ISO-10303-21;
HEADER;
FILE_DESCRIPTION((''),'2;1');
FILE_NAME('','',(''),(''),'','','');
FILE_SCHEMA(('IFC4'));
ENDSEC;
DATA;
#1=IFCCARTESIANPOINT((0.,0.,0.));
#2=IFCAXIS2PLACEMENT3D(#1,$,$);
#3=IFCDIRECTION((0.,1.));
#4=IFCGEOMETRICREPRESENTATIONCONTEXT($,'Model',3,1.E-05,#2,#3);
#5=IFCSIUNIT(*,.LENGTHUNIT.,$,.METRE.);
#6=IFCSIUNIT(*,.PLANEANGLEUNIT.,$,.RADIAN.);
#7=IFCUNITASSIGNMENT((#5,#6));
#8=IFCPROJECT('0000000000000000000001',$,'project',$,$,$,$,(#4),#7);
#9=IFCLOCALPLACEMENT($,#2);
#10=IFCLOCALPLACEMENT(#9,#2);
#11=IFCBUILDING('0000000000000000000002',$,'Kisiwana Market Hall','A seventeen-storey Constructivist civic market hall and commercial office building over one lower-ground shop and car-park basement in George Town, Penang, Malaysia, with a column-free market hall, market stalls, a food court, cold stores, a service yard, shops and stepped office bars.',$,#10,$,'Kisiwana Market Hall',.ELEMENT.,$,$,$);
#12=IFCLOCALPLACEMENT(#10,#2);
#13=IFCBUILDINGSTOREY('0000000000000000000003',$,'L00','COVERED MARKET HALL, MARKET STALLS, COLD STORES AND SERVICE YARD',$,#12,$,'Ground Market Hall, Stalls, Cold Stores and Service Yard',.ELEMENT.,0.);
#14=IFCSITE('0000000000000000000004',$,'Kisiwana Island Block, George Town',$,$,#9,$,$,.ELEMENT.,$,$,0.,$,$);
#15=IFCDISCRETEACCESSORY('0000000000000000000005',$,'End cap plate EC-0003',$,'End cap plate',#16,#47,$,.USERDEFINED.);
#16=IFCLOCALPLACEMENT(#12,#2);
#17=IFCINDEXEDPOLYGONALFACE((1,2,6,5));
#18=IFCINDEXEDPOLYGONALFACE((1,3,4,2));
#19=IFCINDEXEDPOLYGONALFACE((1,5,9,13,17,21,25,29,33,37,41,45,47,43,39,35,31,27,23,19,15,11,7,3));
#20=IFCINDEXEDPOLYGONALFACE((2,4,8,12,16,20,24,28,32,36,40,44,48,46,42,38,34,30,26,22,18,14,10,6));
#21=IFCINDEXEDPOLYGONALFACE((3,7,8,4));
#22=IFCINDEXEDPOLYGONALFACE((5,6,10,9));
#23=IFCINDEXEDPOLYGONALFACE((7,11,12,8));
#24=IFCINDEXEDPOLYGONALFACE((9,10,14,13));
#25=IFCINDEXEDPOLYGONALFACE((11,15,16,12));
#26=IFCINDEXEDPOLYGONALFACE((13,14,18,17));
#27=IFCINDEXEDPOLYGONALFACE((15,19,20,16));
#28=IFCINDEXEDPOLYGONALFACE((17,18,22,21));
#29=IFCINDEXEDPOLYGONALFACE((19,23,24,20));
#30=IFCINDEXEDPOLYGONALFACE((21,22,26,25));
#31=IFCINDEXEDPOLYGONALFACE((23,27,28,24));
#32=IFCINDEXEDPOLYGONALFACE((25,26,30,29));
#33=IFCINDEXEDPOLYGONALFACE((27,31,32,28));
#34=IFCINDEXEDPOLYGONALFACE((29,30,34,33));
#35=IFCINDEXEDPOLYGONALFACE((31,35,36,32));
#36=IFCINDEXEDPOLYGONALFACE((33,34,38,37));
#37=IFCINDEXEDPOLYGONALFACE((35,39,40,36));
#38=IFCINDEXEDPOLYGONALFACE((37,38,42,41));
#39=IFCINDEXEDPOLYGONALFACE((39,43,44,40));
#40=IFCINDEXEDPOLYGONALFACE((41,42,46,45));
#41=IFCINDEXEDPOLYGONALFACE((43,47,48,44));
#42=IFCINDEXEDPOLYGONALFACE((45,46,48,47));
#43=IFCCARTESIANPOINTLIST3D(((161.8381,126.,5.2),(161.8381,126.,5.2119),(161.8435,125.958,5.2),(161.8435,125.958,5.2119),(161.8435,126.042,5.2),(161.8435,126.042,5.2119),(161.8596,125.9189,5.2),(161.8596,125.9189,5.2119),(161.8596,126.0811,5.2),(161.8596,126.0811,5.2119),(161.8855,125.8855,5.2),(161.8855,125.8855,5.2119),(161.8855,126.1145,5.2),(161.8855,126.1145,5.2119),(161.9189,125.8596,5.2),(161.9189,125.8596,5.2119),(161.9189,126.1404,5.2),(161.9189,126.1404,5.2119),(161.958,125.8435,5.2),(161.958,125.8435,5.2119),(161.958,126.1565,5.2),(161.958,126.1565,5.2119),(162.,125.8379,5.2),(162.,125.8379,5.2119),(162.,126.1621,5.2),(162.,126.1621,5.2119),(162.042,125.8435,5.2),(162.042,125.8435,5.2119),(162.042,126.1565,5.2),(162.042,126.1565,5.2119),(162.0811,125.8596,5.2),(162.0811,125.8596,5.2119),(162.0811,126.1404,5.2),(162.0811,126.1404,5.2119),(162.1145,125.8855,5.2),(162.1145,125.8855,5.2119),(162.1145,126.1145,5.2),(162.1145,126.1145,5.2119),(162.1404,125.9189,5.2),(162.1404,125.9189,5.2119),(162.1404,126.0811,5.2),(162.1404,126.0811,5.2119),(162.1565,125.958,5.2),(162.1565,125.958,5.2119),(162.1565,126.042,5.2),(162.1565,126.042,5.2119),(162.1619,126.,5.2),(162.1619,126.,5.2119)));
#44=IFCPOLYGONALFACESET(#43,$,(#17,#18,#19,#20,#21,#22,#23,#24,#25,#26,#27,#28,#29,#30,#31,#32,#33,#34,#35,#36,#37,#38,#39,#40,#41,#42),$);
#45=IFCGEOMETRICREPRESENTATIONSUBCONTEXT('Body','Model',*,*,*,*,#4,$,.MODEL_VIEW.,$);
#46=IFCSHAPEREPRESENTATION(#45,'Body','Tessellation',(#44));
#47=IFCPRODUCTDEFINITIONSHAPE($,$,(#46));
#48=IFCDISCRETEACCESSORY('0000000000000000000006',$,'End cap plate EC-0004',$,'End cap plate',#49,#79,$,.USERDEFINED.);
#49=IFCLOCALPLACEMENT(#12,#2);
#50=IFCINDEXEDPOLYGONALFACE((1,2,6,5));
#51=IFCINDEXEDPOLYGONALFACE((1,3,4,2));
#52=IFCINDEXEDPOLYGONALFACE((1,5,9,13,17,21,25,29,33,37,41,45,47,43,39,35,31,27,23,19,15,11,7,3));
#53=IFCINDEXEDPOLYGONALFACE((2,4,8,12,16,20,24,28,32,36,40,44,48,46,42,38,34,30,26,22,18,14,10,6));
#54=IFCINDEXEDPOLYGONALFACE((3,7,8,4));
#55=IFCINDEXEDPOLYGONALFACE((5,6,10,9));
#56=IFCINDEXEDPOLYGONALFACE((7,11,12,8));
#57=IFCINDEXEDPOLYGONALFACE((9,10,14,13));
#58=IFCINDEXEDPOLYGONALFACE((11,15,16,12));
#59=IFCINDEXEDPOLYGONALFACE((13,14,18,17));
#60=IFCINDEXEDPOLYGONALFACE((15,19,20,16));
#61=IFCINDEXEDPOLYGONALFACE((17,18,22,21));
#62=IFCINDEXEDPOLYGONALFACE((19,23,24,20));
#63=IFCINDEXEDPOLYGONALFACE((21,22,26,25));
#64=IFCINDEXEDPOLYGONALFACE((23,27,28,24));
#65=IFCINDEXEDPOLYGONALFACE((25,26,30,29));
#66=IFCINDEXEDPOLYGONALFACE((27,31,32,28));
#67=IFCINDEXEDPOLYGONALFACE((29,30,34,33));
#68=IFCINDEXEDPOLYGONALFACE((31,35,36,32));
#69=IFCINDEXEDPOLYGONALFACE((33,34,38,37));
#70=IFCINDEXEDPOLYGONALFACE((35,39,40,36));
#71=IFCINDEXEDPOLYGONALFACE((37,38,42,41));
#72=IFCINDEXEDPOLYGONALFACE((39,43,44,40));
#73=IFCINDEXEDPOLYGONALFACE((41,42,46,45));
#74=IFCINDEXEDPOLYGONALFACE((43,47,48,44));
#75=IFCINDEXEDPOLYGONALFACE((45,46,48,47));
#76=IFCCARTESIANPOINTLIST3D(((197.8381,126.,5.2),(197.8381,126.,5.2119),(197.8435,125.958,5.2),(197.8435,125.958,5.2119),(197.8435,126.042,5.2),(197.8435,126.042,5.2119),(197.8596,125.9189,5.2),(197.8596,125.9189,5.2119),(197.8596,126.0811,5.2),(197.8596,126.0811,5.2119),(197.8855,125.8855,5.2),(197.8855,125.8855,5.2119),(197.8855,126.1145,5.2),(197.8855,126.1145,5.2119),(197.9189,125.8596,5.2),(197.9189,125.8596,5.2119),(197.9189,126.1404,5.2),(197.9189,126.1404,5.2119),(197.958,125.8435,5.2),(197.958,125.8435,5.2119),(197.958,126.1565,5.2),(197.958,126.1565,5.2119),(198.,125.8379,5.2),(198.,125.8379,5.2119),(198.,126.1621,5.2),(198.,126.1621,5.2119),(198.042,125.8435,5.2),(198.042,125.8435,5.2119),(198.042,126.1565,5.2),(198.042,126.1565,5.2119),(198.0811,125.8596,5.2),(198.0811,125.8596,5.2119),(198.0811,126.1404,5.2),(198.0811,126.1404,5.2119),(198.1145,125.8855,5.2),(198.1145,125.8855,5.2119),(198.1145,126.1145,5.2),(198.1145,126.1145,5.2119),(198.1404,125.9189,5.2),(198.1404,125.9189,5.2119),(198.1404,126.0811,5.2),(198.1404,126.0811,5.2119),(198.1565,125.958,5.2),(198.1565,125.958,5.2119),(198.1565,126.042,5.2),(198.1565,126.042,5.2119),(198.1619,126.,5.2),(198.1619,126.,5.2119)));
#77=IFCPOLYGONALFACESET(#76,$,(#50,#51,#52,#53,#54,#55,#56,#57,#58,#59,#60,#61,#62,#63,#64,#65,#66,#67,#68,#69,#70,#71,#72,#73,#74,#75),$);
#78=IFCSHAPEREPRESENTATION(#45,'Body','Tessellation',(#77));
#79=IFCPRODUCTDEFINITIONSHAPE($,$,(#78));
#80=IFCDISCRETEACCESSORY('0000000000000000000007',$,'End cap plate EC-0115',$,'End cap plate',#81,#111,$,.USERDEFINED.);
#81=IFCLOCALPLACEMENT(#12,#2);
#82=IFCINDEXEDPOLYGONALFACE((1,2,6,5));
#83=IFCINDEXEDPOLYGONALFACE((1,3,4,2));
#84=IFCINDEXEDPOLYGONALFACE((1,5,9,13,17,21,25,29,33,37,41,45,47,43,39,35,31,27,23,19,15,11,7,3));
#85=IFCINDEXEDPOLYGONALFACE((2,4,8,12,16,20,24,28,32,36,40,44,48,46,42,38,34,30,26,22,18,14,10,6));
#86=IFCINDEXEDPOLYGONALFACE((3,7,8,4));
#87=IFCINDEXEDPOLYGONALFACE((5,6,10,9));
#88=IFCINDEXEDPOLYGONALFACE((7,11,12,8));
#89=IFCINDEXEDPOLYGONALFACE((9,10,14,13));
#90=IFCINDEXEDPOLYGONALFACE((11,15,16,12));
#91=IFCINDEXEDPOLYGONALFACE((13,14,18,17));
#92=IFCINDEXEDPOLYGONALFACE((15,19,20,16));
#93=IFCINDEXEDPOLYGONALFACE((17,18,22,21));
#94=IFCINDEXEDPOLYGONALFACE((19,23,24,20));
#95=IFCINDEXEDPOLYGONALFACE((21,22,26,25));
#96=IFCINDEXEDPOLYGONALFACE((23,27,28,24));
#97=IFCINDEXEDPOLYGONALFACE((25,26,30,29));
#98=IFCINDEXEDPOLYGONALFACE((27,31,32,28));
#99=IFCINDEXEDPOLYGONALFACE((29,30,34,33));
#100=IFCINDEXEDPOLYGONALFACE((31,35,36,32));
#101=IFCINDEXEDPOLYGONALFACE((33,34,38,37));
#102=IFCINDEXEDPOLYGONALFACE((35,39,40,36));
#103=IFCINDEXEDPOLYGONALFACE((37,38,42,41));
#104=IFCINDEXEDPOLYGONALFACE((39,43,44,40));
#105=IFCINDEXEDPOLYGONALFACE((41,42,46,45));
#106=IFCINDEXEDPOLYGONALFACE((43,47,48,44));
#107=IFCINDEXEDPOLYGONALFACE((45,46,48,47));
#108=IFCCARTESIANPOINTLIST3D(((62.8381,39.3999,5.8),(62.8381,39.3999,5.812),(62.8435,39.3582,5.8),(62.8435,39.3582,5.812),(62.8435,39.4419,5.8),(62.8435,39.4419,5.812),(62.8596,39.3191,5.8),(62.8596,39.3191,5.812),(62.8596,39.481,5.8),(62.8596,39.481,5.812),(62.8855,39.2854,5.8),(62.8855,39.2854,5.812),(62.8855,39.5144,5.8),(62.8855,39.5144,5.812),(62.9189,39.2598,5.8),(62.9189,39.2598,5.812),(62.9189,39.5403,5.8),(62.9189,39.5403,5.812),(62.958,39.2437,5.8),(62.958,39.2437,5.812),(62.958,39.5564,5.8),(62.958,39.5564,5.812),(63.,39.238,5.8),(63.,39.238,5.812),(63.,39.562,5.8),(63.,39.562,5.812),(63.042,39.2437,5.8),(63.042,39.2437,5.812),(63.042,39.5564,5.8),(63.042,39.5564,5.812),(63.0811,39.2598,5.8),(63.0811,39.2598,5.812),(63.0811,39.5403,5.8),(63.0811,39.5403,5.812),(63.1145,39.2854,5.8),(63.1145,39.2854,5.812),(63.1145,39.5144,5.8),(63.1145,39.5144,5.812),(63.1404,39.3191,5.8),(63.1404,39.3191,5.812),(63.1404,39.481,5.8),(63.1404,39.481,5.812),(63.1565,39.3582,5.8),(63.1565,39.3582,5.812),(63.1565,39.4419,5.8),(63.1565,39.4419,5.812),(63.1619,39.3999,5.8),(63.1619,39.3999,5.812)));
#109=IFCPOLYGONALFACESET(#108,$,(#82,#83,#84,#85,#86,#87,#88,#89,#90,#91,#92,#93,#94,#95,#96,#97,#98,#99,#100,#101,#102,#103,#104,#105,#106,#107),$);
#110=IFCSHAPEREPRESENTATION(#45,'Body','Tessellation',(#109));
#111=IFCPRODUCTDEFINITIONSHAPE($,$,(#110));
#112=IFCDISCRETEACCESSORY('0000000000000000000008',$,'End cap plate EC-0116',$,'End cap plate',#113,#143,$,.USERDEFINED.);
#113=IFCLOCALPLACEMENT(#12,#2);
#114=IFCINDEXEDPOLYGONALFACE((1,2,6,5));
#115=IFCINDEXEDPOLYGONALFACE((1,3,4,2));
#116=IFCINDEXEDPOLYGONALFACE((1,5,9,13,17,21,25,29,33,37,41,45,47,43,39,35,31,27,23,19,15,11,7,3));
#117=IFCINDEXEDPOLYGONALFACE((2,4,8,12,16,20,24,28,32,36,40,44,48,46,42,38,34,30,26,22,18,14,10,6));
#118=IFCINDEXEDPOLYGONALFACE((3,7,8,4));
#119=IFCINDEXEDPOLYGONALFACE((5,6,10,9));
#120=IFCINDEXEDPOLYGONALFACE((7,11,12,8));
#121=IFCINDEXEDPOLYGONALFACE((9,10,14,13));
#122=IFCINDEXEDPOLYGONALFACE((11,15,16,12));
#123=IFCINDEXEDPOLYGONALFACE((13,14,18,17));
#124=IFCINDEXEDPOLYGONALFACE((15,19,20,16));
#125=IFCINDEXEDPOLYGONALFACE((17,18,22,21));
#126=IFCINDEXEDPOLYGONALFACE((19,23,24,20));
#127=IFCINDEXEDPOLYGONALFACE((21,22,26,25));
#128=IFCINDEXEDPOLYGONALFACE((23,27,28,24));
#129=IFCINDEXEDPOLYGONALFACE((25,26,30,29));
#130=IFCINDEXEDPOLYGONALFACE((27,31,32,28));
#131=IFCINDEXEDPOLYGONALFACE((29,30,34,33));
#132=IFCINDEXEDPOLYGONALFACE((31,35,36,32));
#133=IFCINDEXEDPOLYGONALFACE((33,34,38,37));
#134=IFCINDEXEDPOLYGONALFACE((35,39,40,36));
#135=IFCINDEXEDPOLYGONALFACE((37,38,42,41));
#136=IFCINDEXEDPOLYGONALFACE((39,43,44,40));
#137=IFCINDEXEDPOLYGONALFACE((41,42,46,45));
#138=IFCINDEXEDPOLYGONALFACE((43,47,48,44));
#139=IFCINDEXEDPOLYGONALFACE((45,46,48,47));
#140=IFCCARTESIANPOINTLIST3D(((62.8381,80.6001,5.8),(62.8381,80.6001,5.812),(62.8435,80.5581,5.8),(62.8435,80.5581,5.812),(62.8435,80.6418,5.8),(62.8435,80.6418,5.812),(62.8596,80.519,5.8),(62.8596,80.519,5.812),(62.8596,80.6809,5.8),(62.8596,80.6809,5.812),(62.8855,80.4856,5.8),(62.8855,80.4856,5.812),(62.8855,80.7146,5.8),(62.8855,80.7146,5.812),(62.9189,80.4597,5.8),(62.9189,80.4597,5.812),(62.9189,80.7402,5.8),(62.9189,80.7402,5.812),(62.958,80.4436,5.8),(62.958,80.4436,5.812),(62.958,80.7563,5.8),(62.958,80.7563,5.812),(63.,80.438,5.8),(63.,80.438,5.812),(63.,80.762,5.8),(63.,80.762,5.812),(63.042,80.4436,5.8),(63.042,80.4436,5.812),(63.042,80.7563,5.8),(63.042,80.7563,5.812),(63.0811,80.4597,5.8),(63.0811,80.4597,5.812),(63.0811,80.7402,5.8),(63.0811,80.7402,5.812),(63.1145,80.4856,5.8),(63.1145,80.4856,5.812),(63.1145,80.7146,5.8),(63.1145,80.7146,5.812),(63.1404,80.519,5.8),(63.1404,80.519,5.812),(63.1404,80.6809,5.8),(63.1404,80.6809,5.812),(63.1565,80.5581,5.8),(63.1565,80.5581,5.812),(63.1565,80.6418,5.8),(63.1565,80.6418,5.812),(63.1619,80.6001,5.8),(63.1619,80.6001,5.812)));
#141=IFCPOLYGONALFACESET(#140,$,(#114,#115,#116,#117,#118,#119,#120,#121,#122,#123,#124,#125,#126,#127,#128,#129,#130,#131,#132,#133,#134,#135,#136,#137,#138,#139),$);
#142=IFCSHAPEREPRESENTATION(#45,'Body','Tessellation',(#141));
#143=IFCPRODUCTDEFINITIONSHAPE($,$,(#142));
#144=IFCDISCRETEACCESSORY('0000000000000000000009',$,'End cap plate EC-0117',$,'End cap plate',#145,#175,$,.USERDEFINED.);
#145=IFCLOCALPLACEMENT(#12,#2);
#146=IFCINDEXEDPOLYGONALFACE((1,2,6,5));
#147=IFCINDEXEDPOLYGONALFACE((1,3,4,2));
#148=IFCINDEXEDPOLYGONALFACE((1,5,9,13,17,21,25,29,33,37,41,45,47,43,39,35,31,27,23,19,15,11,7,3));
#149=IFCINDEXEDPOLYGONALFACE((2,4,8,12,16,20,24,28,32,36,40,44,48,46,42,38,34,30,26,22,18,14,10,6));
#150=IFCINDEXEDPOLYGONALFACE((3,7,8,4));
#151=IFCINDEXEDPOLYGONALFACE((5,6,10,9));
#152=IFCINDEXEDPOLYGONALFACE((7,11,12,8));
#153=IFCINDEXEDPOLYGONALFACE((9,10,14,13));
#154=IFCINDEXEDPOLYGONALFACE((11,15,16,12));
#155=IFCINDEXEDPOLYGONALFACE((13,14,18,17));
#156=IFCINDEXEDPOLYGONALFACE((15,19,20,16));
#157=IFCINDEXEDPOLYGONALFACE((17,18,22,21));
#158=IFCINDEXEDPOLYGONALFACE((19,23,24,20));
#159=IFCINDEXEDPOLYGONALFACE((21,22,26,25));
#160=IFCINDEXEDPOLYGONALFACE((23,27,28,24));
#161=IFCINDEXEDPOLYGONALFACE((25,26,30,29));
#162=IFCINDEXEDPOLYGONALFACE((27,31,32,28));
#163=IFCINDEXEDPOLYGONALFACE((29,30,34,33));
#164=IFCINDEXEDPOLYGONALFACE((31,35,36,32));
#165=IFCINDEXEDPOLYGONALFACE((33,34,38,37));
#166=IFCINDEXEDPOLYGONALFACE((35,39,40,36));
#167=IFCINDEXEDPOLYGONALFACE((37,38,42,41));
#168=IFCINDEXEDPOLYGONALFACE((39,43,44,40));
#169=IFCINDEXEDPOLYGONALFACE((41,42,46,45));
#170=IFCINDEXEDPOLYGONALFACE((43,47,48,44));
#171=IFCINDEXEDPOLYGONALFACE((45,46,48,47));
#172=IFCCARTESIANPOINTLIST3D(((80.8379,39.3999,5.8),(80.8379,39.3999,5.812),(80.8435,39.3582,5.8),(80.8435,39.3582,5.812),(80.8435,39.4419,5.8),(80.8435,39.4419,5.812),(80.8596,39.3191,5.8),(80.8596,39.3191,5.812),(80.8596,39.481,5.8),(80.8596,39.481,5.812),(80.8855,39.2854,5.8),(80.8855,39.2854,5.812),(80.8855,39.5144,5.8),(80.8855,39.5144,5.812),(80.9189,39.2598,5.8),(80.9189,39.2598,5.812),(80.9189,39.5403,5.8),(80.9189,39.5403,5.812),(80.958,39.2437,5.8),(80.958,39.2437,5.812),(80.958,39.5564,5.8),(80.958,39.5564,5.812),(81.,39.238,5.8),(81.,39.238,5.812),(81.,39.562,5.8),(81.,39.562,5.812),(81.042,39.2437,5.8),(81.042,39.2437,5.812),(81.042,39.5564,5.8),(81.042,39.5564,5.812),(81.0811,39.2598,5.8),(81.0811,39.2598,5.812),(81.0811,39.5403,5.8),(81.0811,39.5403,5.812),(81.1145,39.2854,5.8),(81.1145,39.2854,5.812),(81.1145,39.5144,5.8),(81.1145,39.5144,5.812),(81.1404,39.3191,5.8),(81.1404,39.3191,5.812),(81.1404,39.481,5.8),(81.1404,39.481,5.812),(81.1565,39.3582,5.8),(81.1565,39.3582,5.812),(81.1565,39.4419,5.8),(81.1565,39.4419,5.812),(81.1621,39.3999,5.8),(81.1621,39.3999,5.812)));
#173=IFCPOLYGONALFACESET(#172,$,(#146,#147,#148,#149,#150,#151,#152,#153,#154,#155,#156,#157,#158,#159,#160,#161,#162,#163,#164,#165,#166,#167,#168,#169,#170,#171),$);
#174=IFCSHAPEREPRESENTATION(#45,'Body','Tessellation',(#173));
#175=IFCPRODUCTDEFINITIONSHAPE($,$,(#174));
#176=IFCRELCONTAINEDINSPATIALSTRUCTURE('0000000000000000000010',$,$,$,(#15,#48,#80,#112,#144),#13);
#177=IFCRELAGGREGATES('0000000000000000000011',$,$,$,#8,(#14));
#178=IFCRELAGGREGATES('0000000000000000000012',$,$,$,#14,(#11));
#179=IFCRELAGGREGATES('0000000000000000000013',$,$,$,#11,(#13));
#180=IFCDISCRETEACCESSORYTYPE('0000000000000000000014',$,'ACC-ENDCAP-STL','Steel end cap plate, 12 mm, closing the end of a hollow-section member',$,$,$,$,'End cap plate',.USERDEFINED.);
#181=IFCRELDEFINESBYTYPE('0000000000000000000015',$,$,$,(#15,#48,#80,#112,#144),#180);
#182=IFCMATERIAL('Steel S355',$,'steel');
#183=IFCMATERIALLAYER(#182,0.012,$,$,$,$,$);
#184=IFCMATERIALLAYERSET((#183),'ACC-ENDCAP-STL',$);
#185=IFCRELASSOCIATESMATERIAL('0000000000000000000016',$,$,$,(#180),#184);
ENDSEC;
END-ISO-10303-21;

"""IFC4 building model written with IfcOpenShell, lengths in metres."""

from ifc_helpers import new_model, si_unit, direction, frame, origin, place, context, subcontext, project, spatial, polyline, outline, extrude, material, layer, layer_set, type_object, element, save


model = new_model("IFC4")

# Units and contexts
model_context = context("Model", 3, precision=1e-05, world=origin(), true_north=direction((0.0, 1.0)))
body_context = subcontext(model_context, "Body", "Model", "MODEL_VIEW")
ifc_project = project(units=[si_unit("LENGTHUNIT", "METRE"), si_unit("PLANEANGLEUNIT", "RADIAN")], contexts=[model_context])

# Site, building, storey
site_placement = place(None, origin())
site = spatial("IfcSite", under=ifc_project, at=site_placement, Name="Kisiwana Island Block, George Town", CompositionType="ELEMENT", RefElevation=0.0)
building_placement = place(site_placement, origin())
building = spatial("IfcBuilding", under=site, at=building_placement, Name="Kisiwana Market Hall", Description="A seventeen-storey Constructivist civic market hall and commercial office building over one lower-ground shop and car-park basement in George Town, Penang, Malaysia, with a column-free market hall, market stalls, a food court, cold stores, a service yard, shops and stepped office bars.", LongName="Kisiwana Market Hall", CompositionType="ELEMENT")
storey_placement = place(building_placement, origin())
storey = spatial("IfcBuildingStorey", under=building, at=storey_placement, Name="L00", Description="COVERED MARKET HALL, MARKET STALLS, COLD STORES AND SERVICE YARD", LongName="Ground Market Hall, Stalls, Cold Stores and Service Yard", CompositionType="ELEMENT", Elevation=0.0)

# Discrete accessories
ifc_material_1 = material(Name="Steel S355", Category="steel")
ifc_layer_1 = layer(ifc_material_1, 0.012)
ifc_layer_set_1 = layer_set([ifc_layer_1], Name="ACC-ENDCAP-STL")
discrete_accessory_type = type_object("IfcDiscreteAccessoryType", Name="ACC-ENDCAP-STL", Description="Steel end cap plate, 12 mm, closing the end of a hollow-section member", ElementType="End cap plate", PredefinedType="USERDEFINED", material=ifc_layer_set_1)
discrete_accessory_1_placement = place(storey_placement, frame((0.0, 0.0, 5.2)))
element("IfcDiscreteAccessory", 1, at=discrete_accessory_1_placement, inside=storey, type_object=discrete_accessory_type, Name="End cap plate EC-0003", ObjectType="End cap plate", PredefinedType="USERDEFINED", context=body_context, shape_type="SweptSolid", body=[
    extrude(outline(polyline([(162.1619, 126.0), (162.1565, 126.042), (162.1404, 126.0811), (162.1145, 126.1145), (162.0811, 126.1404), (162.042, 126.1565), (162.0, 126.1621), (161.958, 126.1565), (161.9189, 126.1404), (161.8855, 126.1145), (161.8596, 126.0811), (161.8435, 126.042), (161.8381, 126.0), (161.8435, 125.958), (161.8596, 125.9189), (161.8855, 125.8855), (161.9189, 125.8596), (161.958, 125.8435), (162.0, 125.8379), (162.042, 125.8435), (162.0811, 125.8596), (162.1145, 125.8855), (162.1404, 125.9189), (162.1565, 125.958), (162.1619, 126.0)])), origin(), (0.0, 0.0, 1.0), 0.012),
])
discrete_accessory_2_placement = place(storey_placement, frame((0.0, 0.0, 5.2)))
element("IfcDiscreteAccessory", 2, at=discrete_accessory_2_placement, inside=storey, type_object=discrete_accessory_type, Name="End cap plate EC-0004", ObjectType="End cap plate", PredefinedType="USERDEFINED", context=body_context, shape_type="SweptSolid", body=[
    extrude(outline(polyline([(198.1619, 126.0), (198.1565, 126.042), (198.1404, 126.0811), (198.1145, 126.1145), (198.0811, 126.1404), (198.042, 126.1565), (198.0, 126.1621), (197.958, 126.1565), (197.9189, 126.1404), (197.8855, 126.1145), (197.8596, 126.0811), (197.8435, 126.042), (197.8381, 126.0), (197.8435, 125.958), (197.8596, 125.9189), (197.8855, 125.8855), (197.9189, 125.8596), (197.958, 125.8435), (198.0, 125.8379), (198.042, 125.8435), (198.0811, 125.8596), (198.1145, 125.8855), (198.1404, 125.9189), (198.1565, 125.958), (198.1619, 126.0)])), origin(), (0.0, 0.0, 1.0), 0.012),
])
discrete_accessory_3_placement = place(storey_placement, frame((0.0, 0.0, 5.8)))
element("IfcDiscreteAccessory", 3, at=discrete_accessory_3_placement, inside=storey, type_object=discrete_accessory_type, Name="End cap plate EC-0115", ObjectType="End cap plate", PredefinedType="USERDEFINED", context=body_context, shape_type="SweptSolid", body=[
    extrude(outline(polyline([(63.1619, 39.3999), (63.1565, 39.4419), (63.1404, 39.481), (63.1145, 39.5144), (63.0811, 39.5403), (63.042, 39.5564), (63.0, 39.562), (62.958, 39.5564), (62.9189, 39.5403), (62.8855, 39.5144), (62.8596, 39.481), (62.8435, 39.4419), (62.8381, 39.3999), (62.8435, 39.3582), (62.8596, 39.3191), (62.8855, 39.2854), (62.9189, 39.2598), (62.958, 39.2437), (63.0, 39.238), (63.042, 39.2437), (63.0811, 39.2598), (63.1145, 39.2854), (63.1404, 39.3191), (63.1565, 39.3582), (63.1619, 39.3999)])), origin(), (0.0, 0.0, 1.0), 0.012),
])
discrete_accessory_4_placement = place(storey_placement, frame((0.0, 0.0, 5.8)))
element("IfcDiscreteAccessory", 4, at=discrete_accessory_4_placement, inside=storey, type_object=discrete_accessory_type, Name="End cap plate EC-0116", ObjectType="End cap plate", PredefinedType="USERDEFINED", context=body_context, shape_type="SweptSolid", body=[
    extrude(outline(polyline([(63.1619, 80.6001), (63.1565, 80.6418), (63.1404, 80.6809), (63.1145, 80.7146), (63.0811, 80.7402), (63.042, 80.7563), (63.0, 80.762), (62.958, 80.7563), (62.9189, 80.7402), (62.8855, 80.7146), (62.8596, 80.6809), (62.8435, 80.6418), (62.8381, 80.6001), (62.8435, 80.5581), (62.8596, 80.519), (62.8855, 80.4856), (62.9189, 80.4597), (62.958, 80.4436), (63.0, 80.438), (63.042, 80.4436), (63.0811, 80.4597), (63.1145, 80.4856), (63.1404, 80.519), (63.1565, 80.5581), (63.1619, 80.6001)])), origin(), (0.0, 0.0, 1.0), 0.012),
])
discrete_accessory_5_placement = place(storey_placement, frame((0.0, 0.0, 5.8)))
element("IfcDiscreteAccessory", 5, at=discrete_accessory_5_placement, inside=storey, type_object=discrete_accessory_type, Name="End cap plate EC-0117", ObjectType="End cap plate", PredefinedType="USERDEFINED", context=body_context, shape_type="SweptSolid", body=[
    extrude(outline(polyline([(81.1621, 39.3999), (81.1565, 39.4419), (81.1404, 39.481), (81.1145, 39.5144), (81.0811, 39.5403), (81.042, 39.5564), (81.0, 39.562), (80.958, 39.5564), (80.9189, 39.5403), (80.8855, 39.5144), (80.8596, 39.481), (80.8435, 39.4419), (80.8379, 39.3999), (80.8435, 39.3582), (80.8596, 39.3191), (80.8855, 39.2854), (80.9189, 39.2598), (80.958, 39.2437), (81.0, 39.238), (81.042, 39.2437), (81.0811, 39.2598), (81.1145, 39.2854), (81.1404, 39.3191), (81.1565, 39.3582), (81.1621, 39.3999)])), origin(), (0.0, 0.0, 1.0), 0.012),
])

save(model, "model.ifc")
